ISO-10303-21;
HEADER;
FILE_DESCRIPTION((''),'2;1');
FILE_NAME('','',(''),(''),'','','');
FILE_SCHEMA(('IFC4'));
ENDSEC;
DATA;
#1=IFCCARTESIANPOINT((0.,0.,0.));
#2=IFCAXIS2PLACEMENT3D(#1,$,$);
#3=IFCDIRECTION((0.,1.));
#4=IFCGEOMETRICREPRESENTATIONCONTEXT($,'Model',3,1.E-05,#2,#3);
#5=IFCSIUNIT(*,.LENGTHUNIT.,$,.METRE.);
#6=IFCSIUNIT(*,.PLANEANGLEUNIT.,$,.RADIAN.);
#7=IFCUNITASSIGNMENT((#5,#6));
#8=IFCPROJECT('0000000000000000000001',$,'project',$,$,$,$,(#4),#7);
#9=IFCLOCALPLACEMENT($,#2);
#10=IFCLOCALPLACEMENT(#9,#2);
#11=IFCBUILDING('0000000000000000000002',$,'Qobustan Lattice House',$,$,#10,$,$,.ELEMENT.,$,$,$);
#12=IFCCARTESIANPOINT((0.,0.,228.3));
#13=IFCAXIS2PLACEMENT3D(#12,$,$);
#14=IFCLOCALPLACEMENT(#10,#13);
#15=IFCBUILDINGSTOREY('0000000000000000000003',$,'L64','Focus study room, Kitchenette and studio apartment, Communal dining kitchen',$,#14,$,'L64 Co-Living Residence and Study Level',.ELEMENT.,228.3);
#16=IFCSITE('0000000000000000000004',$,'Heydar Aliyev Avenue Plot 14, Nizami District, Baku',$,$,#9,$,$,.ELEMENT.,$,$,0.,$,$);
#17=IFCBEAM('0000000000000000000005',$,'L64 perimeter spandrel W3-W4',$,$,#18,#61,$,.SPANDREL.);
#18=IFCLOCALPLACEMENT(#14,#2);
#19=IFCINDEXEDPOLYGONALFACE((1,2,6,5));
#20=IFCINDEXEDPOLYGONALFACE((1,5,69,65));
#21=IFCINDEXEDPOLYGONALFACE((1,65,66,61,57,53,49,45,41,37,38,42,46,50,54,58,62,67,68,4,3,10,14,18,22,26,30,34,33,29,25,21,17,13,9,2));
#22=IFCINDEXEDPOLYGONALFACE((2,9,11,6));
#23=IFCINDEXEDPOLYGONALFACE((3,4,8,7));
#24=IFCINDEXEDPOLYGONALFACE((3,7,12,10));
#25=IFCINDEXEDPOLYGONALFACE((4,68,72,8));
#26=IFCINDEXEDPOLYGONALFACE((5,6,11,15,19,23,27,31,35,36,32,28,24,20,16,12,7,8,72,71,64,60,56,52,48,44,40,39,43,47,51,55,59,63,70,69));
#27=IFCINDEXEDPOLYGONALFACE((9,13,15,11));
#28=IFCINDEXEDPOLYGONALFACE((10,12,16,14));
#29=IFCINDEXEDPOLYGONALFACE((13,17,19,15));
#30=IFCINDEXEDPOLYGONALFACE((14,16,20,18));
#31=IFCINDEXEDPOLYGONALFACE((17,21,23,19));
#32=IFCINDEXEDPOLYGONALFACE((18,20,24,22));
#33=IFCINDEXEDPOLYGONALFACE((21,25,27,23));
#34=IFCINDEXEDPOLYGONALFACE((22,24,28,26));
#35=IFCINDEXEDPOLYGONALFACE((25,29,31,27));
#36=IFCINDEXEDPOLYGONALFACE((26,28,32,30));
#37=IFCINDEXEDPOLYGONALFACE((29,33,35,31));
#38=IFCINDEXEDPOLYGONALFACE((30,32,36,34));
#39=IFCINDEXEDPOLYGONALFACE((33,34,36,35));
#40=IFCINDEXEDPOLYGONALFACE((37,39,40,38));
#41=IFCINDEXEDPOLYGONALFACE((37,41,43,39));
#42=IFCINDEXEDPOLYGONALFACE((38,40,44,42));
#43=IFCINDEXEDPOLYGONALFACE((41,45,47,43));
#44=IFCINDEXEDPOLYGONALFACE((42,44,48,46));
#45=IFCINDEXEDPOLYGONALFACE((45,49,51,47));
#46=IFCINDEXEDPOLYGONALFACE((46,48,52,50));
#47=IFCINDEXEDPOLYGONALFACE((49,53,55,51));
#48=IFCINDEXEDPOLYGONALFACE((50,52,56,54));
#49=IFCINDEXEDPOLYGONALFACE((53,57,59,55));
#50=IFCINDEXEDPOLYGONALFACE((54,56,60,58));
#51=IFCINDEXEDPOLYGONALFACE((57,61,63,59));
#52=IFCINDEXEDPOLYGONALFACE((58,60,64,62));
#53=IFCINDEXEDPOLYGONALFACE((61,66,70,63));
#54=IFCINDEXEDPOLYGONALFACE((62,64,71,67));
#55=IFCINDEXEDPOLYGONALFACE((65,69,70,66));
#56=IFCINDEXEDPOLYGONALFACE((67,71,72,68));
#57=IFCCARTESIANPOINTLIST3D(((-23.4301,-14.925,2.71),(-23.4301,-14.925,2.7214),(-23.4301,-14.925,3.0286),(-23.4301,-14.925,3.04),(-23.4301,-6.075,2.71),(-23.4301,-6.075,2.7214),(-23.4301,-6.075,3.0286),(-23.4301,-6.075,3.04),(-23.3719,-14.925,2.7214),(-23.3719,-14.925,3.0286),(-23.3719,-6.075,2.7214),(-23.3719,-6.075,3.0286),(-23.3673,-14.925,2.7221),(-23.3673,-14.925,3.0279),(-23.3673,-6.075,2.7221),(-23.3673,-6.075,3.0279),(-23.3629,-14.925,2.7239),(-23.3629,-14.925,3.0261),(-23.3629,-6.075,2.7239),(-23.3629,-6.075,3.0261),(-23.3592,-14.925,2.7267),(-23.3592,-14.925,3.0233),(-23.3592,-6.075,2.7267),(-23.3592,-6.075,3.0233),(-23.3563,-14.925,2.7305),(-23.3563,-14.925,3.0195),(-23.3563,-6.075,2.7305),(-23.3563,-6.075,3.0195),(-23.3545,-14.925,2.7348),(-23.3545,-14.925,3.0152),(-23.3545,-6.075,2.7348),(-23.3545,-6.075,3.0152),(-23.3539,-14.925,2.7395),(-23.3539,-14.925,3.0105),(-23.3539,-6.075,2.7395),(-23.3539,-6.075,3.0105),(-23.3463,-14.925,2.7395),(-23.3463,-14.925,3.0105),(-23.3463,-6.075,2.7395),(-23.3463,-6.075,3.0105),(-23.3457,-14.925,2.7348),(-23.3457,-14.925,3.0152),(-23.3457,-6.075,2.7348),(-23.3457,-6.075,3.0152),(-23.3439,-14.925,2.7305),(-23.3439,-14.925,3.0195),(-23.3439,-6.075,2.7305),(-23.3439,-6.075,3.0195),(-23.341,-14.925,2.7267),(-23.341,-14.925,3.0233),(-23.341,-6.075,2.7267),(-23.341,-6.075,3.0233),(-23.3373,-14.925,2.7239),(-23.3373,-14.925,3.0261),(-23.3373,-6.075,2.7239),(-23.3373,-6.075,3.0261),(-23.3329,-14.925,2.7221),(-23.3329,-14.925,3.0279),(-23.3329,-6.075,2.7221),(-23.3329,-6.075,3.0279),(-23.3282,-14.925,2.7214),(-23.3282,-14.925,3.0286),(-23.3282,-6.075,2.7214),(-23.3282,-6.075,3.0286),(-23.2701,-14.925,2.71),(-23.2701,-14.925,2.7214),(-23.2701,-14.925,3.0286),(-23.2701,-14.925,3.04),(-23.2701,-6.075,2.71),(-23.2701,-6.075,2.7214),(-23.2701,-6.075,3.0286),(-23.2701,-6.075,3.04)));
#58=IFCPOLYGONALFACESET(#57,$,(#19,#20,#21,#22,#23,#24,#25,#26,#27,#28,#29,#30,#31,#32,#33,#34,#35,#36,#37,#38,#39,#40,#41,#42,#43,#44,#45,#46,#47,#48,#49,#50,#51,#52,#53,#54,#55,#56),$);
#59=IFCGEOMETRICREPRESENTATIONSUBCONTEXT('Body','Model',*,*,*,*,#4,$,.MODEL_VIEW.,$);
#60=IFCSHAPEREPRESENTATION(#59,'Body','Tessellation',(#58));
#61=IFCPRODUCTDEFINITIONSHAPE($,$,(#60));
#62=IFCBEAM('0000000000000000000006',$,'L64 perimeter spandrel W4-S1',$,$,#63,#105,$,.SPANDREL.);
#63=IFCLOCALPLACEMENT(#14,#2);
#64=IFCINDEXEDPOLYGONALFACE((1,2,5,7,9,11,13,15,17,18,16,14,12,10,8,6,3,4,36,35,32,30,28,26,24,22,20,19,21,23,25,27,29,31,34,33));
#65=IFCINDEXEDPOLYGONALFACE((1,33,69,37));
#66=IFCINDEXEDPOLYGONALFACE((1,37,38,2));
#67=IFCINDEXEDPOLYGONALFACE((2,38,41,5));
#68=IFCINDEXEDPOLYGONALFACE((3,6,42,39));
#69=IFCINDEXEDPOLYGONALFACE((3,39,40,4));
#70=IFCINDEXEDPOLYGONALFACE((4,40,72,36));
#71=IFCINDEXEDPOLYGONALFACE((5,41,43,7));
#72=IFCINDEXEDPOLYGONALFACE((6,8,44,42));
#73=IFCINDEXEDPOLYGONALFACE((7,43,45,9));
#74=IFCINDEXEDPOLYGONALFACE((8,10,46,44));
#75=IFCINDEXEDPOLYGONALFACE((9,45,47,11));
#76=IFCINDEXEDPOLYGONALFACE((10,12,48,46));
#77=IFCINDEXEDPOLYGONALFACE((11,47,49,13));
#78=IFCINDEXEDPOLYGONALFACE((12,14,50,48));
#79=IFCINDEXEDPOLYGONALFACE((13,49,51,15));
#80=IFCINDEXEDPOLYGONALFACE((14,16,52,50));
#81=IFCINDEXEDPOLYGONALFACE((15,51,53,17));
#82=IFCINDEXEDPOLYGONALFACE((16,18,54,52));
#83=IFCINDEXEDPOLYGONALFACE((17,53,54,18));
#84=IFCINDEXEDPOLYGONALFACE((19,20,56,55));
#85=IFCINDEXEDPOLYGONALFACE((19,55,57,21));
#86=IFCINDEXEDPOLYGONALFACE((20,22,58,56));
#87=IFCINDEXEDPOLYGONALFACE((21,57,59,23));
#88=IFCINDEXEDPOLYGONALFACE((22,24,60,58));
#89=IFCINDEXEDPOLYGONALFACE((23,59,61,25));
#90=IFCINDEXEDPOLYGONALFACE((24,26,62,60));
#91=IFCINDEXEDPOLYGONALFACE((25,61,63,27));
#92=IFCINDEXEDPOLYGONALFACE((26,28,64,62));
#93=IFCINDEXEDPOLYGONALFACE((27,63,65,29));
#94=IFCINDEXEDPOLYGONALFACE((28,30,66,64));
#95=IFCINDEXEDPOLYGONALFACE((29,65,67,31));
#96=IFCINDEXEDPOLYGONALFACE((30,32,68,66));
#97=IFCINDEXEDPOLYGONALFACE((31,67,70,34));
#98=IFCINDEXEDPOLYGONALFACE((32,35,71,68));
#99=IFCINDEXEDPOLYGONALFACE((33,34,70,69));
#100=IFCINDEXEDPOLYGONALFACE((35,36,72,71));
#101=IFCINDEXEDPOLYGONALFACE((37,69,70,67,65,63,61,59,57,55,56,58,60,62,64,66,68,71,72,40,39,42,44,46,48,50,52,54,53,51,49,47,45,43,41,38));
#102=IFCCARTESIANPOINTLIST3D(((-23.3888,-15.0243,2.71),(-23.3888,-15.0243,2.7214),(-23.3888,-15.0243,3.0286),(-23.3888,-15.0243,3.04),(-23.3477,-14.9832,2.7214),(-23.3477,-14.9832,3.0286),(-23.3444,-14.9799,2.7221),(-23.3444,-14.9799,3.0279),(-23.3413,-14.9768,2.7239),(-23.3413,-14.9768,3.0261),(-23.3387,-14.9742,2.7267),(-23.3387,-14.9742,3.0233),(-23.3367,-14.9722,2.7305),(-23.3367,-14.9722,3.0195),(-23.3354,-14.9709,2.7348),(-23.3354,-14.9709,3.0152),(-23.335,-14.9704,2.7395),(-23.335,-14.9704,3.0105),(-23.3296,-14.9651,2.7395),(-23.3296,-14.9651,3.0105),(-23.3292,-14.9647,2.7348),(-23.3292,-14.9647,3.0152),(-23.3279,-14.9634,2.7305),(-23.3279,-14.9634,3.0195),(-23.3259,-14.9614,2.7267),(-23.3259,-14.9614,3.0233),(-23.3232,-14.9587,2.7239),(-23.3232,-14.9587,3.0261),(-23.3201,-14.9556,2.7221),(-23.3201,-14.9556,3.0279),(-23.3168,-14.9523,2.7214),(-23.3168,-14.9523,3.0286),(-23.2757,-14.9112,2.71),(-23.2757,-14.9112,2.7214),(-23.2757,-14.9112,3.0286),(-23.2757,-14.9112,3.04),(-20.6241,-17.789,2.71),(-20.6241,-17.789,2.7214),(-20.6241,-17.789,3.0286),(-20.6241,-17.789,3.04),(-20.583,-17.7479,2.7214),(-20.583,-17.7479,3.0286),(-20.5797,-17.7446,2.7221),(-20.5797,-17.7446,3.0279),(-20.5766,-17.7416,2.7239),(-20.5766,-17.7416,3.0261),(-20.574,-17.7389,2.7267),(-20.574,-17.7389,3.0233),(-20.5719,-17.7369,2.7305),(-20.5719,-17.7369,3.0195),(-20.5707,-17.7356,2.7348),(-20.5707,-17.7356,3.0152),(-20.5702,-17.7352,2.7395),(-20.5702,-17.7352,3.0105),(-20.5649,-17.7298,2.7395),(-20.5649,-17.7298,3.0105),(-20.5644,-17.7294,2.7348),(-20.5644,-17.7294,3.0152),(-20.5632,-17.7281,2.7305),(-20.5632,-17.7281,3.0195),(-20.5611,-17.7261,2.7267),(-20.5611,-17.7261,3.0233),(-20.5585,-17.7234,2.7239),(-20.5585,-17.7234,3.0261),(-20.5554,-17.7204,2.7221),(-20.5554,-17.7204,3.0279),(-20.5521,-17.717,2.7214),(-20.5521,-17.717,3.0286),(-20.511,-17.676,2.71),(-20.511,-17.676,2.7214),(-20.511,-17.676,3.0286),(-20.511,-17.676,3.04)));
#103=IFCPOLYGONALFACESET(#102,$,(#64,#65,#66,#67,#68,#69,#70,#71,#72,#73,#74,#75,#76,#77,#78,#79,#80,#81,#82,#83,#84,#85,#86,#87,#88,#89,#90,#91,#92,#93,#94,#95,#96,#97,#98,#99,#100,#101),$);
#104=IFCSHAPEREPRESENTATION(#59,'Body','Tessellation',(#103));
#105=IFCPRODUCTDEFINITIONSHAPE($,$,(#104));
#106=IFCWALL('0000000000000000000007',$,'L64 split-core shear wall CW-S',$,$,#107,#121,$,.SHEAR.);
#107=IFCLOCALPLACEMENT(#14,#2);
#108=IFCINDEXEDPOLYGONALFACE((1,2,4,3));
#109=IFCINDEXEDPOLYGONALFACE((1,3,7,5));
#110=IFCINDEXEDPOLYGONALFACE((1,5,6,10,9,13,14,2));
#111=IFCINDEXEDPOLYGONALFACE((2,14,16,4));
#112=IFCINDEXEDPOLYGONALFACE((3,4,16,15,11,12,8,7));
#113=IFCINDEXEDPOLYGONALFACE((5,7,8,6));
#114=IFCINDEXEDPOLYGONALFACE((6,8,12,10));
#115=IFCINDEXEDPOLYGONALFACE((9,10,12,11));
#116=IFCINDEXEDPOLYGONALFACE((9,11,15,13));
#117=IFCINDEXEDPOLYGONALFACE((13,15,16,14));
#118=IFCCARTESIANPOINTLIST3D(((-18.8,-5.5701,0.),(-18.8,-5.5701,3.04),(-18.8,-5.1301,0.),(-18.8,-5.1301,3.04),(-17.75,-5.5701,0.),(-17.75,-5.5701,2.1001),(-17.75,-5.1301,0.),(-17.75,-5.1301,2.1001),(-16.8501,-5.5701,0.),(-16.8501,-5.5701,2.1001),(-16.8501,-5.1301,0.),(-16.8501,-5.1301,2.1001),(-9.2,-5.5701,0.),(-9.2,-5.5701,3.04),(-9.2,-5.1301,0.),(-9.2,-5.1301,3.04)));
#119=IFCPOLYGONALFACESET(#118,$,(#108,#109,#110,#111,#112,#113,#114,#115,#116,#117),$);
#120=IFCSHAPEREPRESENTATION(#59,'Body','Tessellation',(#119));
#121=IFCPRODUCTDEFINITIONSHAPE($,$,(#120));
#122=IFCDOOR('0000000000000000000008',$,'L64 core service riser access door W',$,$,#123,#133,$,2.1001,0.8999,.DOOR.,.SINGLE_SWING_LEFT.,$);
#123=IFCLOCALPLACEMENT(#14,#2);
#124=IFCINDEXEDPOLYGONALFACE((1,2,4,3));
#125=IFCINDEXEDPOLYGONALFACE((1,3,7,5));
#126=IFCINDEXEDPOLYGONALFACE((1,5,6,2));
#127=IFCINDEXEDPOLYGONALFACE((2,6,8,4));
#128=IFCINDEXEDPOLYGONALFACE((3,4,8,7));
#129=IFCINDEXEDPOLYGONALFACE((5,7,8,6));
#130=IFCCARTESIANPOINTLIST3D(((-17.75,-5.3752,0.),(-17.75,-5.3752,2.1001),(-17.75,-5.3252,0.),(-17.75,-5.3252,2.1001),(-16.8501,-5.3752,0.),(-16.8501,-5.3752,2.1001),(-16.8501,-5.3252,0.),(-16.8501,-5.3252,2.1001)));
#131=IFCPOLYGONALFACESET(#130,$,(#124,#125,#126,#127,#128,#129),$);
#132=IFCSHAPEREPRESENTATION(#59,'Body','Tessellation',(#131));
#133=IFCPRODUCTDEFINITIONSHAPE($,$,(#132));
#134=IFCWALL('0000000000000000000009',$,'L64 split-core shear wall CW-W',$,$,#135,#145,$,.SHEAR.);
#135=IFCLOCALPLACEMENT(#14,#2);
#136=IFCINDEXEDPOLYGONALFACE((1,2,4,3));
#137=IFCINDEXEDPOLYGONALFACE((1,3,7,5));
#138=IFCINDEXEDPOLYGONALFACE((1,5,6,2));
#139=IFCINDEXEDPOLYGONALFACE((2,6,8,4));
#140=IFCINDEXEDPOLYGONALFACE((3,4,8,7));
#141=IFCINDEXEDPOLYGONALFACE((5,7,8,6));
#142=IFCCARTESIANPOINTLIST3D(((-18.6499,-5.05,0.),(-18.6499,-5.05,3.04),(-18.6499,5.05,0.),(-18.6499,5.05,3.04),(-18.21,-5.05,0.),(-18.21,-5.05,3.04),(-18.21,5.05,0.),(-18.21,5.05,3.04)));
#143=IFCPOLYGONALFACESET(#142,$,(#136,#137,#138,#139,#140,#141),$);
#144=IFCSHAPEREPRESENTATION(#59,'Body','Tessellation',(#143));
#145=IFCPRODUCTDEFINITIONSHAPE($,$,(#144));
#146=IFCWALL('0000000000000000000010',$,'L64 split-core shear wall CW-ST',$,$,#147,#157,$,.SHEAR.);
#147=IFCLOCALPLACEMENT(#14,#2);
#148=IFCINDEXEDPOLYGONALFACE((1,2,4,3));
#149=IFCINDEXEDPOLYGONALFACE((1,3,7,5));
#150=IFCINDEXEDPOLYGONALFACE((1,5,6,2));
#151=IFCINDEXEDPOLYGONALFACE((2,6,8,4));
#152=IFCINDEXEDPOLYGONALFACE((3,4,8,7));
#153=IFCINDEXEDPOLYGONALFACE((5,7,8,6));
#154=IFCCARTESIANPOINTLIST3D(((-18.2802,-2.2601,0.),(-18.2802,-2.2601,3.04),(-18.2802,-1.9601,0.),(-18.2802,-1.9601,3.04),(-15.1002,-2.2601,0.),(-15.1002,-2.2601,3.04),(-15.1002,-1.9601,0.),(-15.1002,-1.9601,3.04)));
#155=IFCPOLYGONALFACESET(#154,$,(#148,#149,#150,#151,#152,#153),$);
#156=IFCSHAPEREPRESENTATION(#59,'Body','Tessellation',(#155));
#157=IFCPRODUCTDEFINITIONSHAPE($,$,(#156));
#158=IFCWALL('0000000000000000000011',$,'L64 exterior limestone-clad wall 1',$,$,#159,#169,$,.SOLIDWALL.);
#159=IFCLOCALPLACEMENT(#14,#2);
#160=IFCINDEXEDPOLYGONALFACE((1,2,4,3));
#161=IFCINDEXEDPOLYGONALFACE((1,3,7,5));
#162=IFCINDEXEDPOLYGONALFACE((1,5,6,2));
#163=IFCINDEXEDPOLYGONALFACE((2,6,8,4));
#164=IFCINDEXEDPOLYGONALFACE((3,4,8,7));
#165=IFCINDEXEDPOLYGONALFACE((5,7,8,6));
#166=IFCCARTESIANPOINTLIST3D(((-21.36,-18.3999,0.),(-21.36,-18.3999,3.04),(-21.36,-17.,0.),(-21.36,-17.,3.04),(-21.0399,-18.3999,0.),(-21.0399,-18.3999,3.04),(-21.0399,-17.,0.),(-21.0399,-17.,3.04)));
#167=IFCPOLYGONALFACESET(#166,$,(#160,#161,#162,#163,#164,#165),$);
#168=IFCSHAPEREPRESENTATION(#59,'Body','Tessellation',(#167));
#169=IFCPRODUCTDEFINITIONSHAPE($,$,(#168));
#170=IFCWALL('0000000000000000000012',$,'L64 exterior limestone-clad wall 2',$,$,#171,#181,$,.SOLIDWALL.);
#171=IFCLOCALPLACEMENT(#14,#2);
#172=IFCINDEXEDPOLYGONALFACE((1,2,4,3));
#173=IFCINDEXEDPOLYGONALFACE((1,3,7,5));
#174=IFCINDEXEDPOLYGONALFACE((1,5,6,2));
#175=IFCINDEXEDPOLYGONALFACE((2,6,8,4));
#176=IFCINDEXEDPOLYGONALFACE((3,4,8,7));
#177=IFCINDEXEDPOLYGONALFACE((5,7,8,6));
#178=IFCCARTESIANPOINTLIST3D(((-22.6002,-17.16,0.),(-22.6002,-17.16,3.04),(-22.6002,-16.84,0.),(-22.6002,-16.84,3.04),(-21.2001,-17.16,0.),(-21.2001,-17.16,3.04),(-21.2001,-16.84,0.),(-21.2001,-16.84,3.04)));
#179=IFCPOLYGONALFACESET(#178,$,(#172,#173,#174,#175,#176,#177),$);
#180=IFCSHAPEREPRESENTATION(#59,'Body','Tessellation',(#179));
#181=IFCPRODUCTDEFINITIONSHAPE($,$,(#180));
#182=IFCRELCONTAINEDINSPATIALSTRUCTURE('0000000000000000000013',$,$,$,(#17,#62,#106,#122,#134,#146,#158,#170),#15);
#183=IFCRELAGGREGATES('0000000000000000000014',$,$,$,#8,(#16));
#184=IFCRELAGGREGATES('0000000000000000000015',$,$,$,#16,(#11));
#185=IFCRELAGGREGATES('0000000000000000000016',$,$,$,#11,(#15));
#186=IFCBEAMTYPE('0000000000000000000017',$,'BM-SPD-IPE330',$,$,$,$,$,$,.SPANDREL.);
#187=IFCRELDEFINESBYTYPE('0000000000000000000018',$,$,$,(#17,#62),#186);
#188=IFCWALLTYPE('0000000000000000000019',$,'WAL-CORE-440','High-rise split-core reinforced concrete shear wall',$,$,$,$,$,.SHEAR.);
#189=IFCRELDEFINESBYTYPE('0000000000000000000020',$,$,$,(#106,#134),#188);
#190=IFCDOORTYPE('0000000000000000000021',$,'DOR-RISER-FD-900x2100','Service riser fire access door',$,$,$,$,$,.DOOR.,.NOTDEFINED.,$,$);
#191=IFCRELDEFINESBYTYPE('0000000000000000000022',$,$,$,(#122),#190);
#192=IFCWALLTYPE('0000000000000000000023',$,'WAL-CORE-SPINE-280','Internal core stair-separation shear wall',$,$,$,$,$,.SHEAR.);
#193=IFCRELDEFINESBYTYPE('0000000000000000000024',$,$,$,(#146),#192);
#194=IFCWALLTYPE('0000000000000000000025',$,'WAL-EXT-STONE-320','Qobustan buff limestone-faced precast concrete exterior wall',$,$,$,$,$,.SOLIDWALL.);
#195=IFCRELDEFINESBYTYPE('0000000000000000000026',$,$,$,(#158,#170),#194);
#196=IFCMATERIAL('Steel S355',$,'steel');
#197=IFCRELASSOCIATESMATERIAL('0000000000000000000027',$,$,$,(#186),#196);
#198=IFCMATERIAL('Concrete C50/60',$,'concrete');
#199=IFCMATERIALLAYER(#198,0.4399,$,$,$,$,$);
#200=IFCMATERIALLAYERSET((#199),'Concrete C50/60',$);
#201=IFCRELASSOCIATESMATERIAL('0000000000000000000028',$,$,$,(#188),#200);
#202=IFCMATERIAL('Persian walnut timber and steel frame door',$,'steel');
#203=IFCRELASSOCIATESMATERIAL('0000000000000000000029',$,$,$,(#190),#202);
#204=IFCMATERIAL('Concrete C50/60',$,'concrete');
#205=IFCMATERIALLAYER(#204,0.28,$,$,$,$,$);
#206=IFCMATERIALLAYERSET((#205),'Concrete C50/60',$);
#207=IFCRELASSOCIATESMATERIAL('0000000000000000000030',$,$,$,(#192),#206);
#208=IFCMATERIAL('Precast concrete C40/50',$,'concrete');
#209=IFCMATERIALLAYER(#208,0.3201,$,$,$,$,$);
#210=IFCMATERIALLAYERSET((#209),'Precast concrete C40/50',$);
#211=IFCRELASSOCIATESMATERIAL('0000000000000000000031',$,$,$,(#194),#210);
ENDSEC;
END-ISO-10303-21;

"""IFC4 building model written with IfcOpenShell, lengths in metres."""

from ifc_helpers import new_model, si_unit, direction, frame, frame_2d, origin, origin_2d, place, context, subcontext, project, spatial, rectangle, i_section, extrude, material, layer, layer_set, material_profile, profile_set, type_object, element, fill, save


model = new_model("IFC4")

# Units and contexts
model_context = context("Model", 3, precision=1e-05, world=origin(), true_north=direction((0.0, 1.0)))
body_context = subcontext(model_context, "Body", "Model", "MODEL_VIEW")
ifc_project = project(units=[si_unit("LENGTHUNIT", "METRE"), si_unit("PLANEANGLEUNIT", "RADIAN")], contexts=[model_context])

# Site, building, storey
site_placement = place(None, origin())
site = spatial("IfcSite", under=ifc_project, at=site_placement, Name="Heydar Aliyev Avenue Plot 14, Nizami District, Baku", CompositionType="ELEMENT", RefElevation=0.0)
building_placement = place(site_placement, origin())
building = spatial("IfcBuilding", under=site, at=building_placement, Name="Qobustan Lattice House", CompositionType="ELEMENT")
storey_placement = place(building_placement, frame((0.0, 0.0, 228.3)))
storey = spatial("IfcBuildingStorey", under=building, at=storey_placement, Name="L64", Description="Focus study room, Kitchenette and studio apartment, Communal dining kitchen", LongName="L64 Co-Living Residence and Study Level", CompositionType="ELEMENT", Elevation=228.3)

# Beams
ifc_material_1 = material(Name="Steel S355", Category="steel")
ifc_material_profile_1 = material_profile(ifc_material_1, i_section(OverallWidth=0.1599, OverallDepth=0.3301, WebThickness=0.0076, FlangeThickness=0.0115, FilletRadius=0.0181, at=origin_2d()), Name="IPE330")
ifc_profile_set_1 = profile_set([ifc_material_profile_1], Name="Steel S355")
beam_type_1 = type_object("IfcBeamType", Name="BM-SPD-IPE330", PredefinedType="SPANDREL", material=ifc_profile_set_1)
beam_1_placement = place(storey_placement, frame((-23.3501, -6.075, 2.875), z_axis=(0.0, -1.0, 0.0), x_axis=(1.0, 0.0, 0.0)))
element("IfcBeam", 1, at=beam_1_placement, inside=storey, type_object=beam_type_1, Name="L64 perimeter spandrel W3-W4", PredefinedType="SPANDREL", context=body_context, shape_type="SweptSolid", body=[
    extrude(i_section(OverallWidth=0.1599, OverallDepth=0.3301, WebThickness=0.0076, FlangeThickness=0.0115, FilletRadius=0.0181, at=origin_2d()), origin(), (0.0, 0.0, 1.0), 8.8501),
])
beam_2_placement = place(storey_placement, frame((-23.3323, -14.9678, 2.875), z_axis=(0.707107, -0.707107, 0.0), x_axis=(0.707107, 0.707107, 0.0)))
element("IfcBeam", 2, at=beam_2_placement, inside=storey, type_object=beam_type_1, Name="L64 perimeter spandrel W4-S1", PredefinedType="SPANDREL", context=body_context, shape_type="SweptSolid", body=[
    extrude(i_section(OverallWidth=0.1599, OverallDepth=0.3301, WebThickness=0.0076, FlangeThickness=0.0115, FilletRadius=0.0181, at=origin_2d()), origin(), (0.0, 0.0, 1.0), 3.9099),
])

# Wall, opening, door
ifc_material_2 = material(Name="Concrete C50/60", Category="concrete")
ifc_layer_1 = layer(ifc_material_2, 0.4399)
ifc_layer_set_1 = layer_set([ifc_layer_1], Name="Concrete C50/60")
wall_type_1 = type_object("IfcWallType", Name="WAL-CORE-440", Description="High-rise split-core reinforced concrete shear wall", PredefinedType="SHEAR", material=ifc_layer_set_1)
wall_1_placement = place(storey_placement, frame((-18.8, -5.3501, 0.0), z_axis=(0.0, 0.0, 1.0), x_axis=(1.0, 0.0, 0.0)))
wall_1 = element("IfcWall", 3, at=wall_1_placement, inside=storey, type_object=wall_type_1, Name="L64 split-core shear wall CW-S", PredefinedType="SHEAR", context=body_context, shape_type="SweptSolid", body=[
    extrude(rectangle(XDim=9.6001, YDim=0.4399, at=frame_2d((4.8, 0.0))), origin(), (0.0, 0.0, 1.0), 3.04),
])
opening_1_placement = place(wall_1_placement, frame((1.05, 0.0, 0.0)))
opening_1 = element("IfcOpeningElement", 4, at=opening_1_placement, cuts=wall_1, PredefinedType="OPENING", context=body_context, shape_type="SweptSolid", body=[
    extrude(rectangle(XDim=0.8999, YDim=2.1001, at=frame_2d((0.45, 1.05))), frame((0.0, 0.23, 0.0), z_axis=(0.0, -1.0, 0.0), x_axis=(1.0, 0.0, 0.0)), (0.0, 0.0, 1.0), 0.46),
])
ifc_material_3 = material(Name="Persian walnut timber and steel frame door", Category="steel")
door_type_1 = type_object("IfcDoorType", Name="DOR-RISER-FD-900x2100", Description="Service riser fire access door", OperationType="NOTDEFINED", PredefinedType="DOOR", material=ifc_material_3)
door_1_placement = place(opening_1_placement, origin())
door_1 = element("IfcDoor", 5, at=door_1_placement, inside=storey, type_object=door_type_1, Name="L64 core service riser access door W", OperationType="SINGLE_SWING_LEFT", OverallHeight=2.1001, OverallWidth=0.8999, PredefinedType="DOOR", context=body_context, shape_type="SweptSolid", body=[
    extrude(rectangle(XDim=0.8999, YDim=2.1001, at=frame_2d((0.45, 1.05))), frame((0.0, 0.0249, 0.0), z_axis=(0.0, -1.0, 0.0), x_axis=(1.0, 0.0, 0.0)), (0.0, 0.0, 1.0), 0.05),
])
fill(opening_1, door_1)

# Walls
wall_2_placement = place(storey_placement, frame((-18.4299, -5.05, 0.0), z_axis=(0.0, 0.0, 1.0), x_axis=(0.0, 1.0, 0.0)))
element("IfcWall", 6, at=wall_2_placement, inside=storey, type_object=wall_type_1, Name="L64 split-core shear wall CW-W", PredefinedType="SHEAR", context=body_context, shape_type="SweptSolid", body=[
    extrude(rectangle(XDim=10.1001, YDim=0.4399, at=frame_2d((5.05, 0.0))), origin(), (0.0, 0.0, 1.0), 3.04),
])
ifc_material_4 = material(Name="Concrete C50/60", Category="concrete")
ifc_layer_2 = layer(ifc_material_4, 0.28)
ifc_layer_set_2 = layer_set([ifc_layer_2], Name="Concrete C50/60")
wall_type_2 = type_object("IfcWallType", Name="WAL-CORE-SPINE-280", Description="Internal core stair-separation shear wall", PredefinedType="SHEAR", material=ifc_layer_set_2)
wall_3_placement = place(storey_placement, frame((-18.28, -2.1101, 0.0), z_axis=(0.0, 0.0, 1.0), x_axis=(1.0, 0.0, 0.0)))
element("IfcWall", 7, at=wall_3_placement, inside=storey, type_object=wall_type_2, Name="L64 split-core shear wall CW-ST", PredefinedType="SHEAR", context=body_context, shape_type="SweptSolid", body=[
    extrude(rectangle(XDim=3.1799, YDim=0.3, at=frame_2d((1.5898, 0.0))), origin(), (0.0, 0.0, 1.0), 3.04),
])
ifc_material_5 = material(Name="Precast concrete C40/50", Category="concrete")
ifc_layer_3 = layer(ifc_material_5, 0.3201)
ifc_layer_set_3 = layer_set([ifc_layer_3], Name="Precast concrete C40/50")
wall_type_3 = type_object("IfcWallType", Name="WAL-EXT-STONE-320", Description="Qobustan buff limestone-faced precast concrete exterior wall", PredefinedType="SOLIDWALL", material=ifc_layer_set_3)
wall_4_placement = place(storey_placement, frame((-21.2, -18.3999, 0.0), z_axis=(0.0, 0.0, 1.0), x_axis=(0.0, 1.0, 0.0)))
element("IfcWall", 8, at=wall_4_placement, inside=storey, type_object=wall_type_3, Name="L64 exterior limestone-clad wall 1", PredefinedType="SOLIDWALL", context=body_context, shape_type="SweptSolid", body=[
    extrude(rectangle(XDim=1.3999, YDim=0.3201, at=frame_2d((0.7, 0.0))), origin(), (0.0, 0.0, 1.0), 3.04),
])
wall_5_placement = place(storey_placement, frame((-21.2, -17.0, 0.0), z_axis=(0.0, 0.0, 1.0), x_axis=(-1.0, 0.0, 0.0)))
element("IfcWall", 9, at=wall_5_placement, inside=storey, type_object=wall_type_3, Name="L64 exterior limestone-clad wall 2", PredefinedType="SOLIDWALL", context=body_context, shape_type="SweptSolid", body=[
    extrude(rectangle(XDim=1.4001, YDim=0.3201, at=frame_2d((0.7002, 0.0))), origin(), (0.0, 0.0, 1.0), 3.04),
])

save(model, "model.ifc")
